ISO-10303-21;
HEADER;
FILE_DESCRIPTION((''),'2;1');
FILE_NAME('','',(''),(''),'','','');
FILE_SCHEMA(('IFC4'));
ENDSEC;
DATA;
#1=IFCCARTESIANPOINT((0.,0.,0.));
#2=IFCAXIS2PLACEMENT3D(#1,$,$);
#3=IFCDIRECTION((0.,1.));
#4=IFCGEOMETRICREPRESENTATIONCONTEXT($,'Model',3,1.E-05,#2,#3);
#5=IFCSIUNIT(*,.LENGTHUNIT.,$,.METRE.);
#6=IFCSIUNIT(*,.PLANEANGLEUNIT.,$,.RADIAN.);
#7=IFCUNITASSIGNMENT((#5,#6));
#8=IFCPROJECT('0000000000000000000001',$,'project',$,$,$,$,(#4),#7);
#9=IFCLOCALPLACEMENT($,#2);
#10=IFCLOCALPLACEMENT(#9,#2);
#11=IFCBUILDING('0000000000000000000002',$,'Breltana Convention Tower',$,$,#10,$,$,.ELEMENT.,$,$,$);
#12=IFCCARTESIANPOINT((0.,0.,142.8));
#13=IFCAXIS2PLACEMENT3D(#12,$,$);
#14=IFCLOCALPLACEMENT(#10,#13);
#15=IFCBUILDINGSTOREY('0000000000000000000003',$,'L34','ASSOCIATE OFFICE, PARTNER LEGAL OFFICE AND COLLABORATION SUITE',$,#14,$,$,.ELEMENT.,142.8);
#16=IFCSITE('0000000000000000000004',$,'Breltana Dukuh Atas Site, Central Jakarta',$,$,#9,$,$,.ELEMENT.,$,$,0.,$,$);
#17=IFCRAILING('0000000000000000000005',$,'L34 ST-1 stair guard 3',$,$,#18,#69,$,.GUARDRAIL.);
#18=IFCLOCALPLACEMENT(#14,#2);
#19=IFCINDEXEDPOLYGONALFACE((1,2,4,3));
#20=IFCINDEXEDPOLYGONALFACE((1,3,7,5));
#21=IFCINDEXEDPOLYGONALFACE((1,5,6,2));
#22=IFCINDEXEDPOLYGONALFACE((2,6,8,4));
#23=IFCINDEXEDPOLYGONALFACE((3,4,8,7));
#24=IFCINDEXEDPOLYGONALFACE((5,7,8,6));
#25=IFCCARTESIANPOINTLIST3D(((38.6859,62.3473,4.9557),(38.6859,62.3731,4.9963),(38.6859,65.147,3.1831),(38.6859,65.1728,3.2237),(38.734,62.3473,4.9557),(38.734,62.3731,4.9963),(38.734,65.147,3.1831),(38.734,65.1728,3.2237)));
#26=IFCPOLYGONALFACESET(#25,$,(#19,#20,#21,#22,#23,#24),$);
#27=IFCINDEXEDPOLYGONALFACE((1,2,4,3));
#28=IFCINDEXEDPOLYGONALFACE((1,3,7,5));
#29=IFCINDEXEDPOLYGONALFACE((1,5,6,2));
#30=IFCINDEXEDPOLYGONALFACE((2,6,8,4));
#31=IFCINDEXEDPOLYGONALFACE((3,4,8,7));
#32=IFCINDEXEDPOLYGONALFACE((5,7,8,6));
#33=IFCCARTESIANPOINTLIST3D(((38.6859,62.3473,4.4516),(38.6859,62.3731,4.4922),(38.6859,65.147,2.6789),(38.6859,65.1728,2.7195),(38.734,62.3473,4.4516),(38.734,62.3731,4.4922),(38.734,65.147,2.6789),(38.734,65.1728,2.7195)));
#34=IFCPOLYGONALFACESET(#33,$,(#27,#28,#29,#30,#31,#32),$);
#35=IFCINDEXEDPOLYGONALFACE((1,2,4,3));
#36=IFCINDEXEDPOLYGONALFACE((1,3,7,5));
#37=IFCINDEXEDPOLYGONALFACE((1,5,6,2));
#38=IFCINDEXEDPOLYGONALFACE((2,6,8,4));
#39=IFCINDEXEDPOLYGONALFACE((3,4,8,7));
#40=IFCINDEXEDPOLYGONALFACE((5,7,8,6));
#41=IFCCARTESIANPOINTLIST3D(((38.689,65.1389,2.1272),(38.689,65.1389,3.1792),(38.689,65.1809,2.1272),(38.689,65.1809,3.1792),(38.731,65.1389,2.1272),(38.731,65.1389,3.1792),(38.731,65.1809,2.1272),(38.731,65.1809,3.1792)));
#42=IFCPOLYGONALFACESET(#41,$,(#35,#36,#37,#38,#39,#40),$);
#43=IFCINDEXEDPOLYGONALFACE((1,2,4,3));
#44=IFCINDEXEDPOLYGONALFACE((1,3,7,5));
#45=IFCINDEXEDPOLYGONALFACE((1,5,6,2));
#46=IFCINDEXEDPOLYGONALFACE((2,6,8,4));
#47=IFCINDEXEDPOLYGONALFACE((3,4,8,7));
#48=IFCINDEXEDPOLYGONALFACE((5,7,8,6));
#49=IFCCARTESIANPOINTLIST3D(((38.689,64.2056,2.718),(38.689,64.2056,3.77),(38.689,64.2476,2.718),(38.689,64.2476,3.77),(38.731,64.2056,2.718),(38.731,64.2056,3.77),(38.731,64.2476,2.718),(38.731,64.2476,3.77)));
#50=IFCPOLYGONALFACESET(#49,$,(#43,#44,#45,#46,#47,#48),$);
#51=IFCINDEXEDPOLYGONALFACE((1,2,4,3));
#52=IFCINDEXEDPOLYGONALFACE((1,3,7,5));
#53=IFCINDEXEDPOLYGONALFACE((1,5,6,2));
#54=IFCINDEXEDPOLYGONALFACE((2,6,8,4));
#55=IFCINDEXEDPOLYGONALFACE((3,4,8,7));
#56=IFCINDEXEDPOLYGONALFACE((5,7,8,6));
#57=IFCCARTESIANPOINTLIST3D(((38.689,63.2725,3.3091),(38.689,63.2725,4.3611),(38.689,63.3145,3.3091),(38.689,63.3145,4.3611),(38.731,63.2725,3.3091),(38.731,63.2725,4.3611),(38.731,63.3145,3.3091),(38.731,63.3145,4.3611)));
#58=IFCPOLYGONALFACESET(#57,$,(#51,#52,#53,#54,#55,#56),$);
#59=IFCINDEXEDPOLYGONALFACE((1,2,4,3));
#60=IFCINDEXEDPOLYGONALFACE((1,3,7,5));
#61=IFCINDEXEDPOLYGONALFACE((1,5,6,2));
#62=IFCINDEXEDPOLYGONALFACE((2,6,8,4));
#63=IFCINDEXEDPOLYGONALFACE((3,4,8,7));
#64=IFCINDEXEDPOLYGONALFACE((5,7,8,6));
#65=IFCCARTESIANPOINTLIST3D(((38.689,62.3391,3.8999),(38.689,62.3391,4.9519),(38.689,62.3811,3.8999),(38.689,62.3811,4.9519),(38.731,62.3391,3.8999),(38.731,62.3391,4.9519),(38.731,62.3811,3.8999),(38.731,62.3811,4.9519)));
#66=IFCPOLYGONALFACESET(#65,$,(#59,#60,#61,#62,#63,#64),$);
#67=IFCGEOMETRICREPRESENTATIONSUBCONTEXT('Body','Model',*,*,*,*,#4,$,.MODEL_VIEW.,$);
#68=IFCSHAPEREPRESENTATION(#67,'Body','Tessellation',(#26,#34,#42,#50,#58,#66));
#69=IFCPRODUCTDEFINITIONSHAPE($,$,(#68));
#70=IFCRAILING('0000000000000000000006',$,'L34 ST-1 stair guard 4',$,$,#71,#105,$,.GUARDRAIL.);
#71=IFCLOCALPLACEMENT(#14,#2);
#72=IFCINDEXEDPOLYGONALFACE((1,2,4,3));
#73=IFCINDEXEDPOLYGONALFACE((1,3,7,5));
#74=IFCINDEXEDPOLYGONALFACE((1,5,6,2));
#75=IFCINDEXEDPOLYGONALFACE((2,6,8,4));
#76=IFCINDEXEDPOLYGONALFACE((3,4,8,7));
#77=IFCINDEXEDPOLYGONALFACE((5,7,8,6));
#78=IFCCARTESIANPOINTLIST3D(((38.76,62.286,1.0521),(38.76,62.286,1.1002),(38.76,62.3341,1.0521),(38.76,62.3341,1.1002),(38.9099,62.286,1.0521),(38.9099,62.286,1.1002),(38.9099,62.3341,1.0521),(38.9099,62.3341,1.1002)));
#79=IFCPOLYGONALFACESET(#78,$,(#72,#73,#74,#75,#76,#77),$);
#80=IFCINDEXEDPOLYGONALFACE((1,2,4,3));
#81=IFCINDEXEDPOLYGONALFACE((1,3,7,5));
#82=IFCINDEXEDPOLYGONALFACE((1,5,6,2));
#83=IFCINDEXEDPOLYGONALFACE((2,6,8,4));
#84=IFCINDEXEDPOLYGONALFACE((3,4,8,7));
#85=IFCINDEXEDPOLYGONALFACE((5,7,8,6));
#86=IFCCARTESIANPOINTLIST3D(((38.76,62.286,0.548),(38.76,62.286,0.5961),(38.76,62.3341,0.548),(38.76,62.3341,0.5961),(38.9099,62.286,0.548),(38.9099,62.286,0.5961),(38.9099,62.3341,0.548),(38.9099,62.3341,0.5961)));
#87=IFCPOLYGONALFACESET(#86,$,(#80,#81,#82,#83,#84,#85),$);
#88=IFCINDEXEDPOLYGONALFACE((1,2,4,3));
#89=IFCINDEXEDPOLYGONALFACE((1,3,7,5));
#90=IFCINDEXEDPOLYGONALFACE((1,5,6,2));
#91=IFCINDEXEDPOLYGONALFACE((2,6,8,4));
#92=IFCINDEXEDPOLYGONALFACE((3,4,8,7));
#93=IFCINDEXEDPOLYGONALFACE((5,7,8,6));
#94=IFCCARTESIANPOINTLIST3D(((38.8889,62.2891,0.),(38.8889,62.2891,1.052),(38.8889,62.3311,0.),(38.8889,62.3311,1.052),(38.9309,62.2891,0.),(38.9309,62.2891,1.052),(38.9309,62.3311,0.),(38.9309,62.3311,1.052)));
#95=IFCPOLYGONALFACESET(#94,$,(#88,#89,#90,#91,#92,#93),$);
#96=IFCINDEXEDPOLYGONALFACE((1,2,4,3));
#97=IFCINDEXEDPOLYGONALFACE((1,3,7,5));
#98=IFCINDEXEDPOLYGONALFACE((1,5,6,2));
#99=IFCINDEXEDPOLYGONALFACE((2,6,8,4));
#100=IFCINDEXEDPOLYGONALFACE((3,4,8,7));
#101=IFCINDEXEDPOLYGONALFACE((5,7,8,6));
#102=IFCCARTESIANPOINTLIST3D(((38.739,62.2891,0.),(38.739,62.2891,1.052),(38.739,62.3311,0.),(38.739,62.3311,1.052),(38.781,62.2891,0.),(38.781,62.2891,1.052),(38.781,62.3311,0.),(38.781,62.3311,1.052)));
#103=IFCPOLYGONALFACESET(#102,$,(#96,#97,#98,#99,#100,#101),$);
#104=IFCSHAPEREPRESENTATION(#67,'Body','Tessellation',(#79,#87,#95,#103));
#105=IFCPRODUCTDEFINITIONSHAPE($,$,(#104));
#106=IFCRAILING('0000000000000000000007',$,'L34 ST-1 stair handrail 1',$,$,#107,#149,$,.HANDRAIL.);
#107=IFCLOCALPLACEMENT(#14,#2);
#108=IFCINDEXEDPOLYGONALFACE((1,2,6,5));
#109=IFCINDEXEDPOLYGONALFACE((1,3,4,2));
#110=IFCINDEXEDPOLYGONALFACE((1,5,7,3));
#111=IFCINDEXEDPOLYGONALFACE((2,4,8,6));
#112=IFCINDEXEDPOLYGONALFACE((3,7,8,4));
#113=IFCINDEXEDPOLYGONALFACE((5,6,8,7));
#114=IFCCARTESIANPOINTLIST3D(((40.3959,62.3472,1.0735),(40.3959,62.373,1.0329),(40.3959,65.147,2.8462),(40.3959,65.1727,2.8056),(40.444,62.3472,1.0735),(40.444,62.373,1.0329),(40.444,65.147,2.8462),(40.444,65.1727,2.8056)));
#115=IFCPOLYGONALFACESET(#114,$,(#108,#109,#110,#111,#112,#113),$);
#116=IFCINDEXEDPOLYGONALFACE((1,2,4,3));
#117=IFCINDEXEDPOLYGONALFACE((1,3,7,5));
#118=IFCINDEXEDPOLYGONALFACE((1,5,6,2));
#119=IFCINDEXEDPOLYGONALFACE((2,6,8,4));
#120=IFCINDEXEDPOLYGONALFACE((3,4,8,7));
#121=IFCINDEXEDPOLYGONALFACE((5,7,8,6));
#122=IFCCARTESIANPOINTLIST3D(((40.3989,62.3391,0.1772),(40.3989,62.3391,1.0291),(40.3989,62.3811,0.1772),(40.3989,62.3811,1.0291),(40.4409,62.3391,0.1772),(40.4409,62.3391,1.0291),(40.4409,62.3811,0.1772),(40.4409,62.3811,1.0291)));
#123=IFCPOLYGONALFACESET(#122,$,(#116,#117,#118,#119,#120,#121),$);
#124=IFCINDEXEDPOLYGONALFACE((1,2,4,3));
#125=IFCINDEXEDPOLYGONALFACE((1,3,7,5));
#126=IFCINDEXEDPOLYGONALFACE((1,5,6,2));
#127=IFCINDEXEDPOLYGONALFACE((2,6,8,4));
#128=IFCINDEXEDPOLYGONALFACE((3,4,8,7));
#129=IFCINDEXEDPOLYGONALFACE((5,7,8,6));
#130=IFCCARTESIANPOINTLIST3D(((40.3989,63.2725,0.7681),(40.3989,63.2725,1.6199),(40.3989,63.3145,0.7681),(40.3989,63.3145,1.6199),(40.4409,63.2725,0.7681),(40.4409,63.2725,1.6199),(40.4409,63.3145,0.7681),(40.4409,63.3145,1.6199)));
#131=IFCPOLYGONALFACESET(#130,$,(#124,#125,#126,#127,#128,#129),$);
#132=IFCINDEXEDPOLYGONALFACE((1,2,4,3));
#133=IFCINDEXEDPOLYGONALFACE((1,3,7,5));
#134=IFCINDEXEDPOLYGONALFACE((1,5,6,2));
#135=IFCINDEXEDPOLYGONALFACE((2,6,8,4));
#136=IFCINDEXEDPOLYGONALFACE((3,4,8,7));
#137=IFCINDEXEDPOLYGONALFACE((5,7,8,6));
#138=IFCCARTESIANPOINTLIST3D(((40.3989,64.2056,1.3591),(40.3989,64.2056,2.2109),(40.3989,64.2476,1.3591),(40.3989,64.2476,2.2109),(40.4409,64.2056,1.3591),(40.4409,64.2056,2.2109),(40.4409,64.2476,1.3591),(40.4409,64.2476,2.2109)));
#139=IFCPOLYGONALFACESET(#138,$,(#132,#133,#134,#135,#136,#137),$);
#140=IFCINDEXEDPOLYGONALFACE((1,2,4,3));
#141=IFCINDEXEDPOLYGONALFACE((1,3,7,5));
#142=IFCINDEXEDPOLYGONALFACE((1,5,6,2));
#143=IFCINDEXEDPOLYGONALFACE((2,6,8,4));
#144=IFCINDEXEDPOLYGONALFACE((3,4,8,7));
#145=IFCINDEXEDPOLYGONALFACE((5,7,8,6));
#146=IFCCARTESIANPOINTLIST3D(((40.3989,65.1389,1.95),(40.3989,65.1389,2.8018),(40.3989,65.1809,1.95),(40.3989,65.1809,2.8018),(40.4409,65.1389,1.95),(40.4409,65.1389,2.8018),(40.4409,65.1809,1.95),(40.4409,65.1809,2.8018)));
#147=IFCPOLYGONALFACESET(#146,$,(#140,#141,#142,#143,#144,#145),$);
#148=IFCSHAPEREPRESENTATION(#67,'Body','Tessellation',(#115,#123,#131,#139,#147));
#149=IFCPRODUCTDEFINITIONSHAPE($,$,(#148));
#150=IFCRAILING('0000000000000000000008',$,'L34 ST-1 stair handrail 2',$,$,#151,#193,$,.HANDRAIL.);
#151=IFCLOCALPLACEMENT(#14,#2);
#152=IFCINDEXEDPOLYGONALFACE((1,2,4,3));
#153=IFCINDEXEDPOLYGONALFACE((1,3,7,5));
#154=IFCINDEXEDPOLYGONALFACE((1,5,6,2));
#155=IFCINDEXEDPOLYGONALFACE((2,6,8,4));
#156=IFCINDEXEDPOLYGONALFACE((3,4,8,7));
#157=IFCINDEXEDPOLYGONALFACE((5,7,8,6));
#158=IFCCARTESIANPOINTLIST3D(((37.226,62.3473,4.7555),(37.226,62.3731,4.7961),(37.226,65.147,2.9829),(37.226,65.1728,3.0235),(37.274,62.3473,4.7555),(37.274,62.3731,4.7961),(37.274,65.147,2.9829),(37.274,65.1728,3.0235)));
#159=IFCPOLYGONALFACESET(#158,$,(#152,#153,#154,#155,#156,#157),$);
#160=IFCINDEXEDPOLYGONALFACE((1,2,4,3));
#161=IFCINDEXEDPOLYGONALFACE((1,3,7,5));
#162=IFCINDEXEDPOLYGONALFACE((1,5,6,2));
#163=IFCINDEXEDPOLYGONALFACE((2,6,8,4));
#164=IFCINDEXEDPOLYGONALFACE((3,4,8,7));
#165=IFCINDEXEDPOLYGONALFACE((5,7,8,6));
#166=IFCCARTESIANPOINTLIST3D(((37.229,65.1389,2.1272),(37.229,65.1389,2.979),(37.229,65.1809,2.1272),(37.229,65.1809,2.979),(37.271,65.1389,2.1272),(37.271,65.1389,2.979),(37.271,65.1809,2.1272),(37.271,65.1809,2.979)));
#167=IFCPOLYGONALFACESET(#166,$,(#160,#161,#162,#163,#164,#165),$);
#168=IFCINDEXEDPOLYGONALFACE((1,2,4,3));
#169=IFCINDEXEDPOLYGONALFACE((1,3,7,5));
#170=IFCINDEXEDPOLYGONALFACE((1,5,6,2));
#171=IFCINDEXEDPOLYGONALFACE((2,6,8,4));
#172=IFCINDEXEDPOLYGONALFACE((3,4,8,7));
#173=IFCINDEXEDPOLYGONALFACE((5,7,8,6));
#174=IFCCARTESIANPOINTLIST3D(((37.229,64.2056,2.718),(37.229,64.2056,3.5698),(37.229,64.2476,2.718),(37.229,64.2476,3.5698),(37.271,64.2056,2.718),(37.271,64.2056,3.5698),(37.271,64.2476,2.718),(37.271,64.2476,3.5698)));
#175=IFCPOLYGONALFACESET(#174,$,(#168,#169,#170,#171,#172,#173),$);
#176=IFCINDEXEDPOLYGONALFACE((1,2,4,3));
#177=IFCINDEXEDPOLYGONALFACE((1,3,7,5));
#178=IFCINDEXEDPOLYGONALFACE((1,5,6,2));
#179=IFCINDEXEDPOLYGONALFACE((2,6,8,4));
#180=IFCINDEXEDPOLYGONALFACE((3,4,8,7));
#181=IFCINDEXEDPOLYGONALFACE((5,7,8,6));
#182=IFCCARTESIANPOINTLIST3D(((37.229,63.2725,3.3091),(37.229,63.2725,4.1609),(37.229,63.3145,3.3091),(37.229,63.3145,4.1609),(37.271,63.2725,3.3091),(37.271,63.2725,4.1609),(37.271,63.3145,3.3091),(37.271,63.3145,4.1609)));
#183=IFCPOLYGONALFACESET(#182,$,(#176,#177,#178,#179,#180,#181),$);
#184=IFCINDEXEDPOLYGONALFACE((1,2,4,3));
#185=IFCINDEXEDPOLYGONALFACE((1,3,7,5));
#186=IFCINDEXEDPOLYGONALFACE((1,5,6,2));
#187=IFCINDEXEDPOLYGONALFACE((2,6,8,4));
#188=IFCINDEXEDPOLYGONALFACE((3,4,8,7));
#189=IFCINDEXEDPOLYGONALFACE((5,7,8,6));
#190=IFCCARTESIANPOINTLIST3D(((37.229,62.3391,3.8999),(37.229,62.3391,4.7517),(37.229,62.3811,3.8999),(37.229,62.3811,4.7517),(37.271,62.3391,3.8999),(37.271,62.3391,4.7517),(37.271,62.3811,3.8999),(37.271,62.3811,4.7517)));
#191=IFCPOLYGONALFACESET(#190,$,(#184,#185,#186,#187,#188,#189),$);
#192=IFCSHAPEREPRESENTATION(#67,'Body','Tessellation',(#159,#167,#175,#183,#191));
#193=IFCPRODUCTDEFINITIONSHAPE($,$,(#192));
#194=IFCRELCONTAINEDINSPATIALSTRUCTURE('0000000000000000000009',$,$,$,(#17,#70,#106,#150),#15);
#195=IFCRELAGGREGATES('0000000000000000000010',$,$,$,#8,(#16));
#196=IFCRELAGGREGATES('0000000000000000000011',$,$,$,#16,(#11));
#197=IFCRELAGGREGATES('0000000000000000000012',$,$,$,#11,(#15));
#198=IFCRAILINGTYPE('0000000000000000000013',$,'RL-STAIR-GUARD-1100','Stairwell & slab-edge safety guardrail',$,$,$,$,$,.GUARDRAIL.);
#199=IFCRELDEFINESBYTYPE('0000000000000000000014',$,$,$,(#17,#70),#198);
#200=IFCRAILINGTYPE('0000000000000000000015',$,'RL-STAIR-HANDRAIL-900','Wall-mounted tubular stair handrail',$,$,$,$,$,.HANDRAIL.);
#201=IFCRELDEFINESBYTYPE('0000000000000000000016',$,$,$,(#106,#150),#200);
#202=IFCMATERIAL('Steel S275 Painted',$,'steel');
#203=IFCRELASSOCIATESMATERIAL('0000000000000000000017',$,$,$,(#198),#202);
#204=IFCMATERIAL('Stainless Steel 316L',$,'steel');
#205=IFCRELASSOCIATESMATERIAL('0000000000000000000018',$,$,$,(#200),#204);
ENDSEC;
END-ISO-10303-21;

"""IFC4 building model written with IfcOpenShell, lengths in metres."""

from ifc_helpers import new_model, si_unit, direction, frame, origin, origin_2d, place, context, subcontext, project, spatial, rectangle, extrude, material, type_object, element, save


model = new_model("IFC4")

# Units and contexts
model_context = context("Model", 3, precision=1e-05, world=origin(), true_north=direction((0.0, 1.0)))
body_context = subcontext(model_context, "Body", "Model", "MODEL_VIEW")
ifc_project = project(units=[si_unit("LENGTHUNIT", "METRE"), si_unit("PLANEANGLEUNIT", "RADIAN")], contexts=[model_context])

# Site, building, storey
site_placement = place(None, origin())
site = spatial("IfcSite", under=ifc_project, at=site_placement, Name="Breltana Dukuh Atas Site, Central Jakarta", CompositionType="ELEMENT", RefElevation=0.0)
building_placement = place(site_placement, origin())
building = spatial("IfcBuilding", under=site, at=building_placement, Name="Breltana Convention Tower", CompositionType="ELEMENT")
storey_placement = place(building_placement, frame((0.0, 0.0, 142.8)))
storey = spatial("IfcBuildingStorey", under=building, at=storey_placement, Name="L34", Description="ASSOCIATE OFFICE, PARTNER LEGAL OFFICE AND COLLABORATION SUITE", CompositionType="ELEMENT", Elevation=142.8)

# Railings
ifc_material_1 = material(Name="Steel S275 Painted", Category="steel")
railing_type_1 = type_object("IfcRailingType", Name="RL-STAIR-GUARD-1100", Description="Stairwell & slab-edge safety guardrail", PredefinedType="GUARDRAIL", material=ifc_material_1)
railing_1_placement = place(storey_placement, frame((38.71, 65.1599, 2.1272)))
element("IfcRailing", 1, at=railing_1_placement, inside=storey, type_object=railing_type_1, Name="L34 ST-1 stair guard 3", PredefinedType="GUARDRAIL", context=body_context, shape_type="SweptSolid", body=[
    extrude(rectangle(XDim=0.0481, YDim=0.0481, at=origin_2d()), frame((0.0, 0.0, 1.0762), z_axis=(0.0, -0.844888, 0.534943), x_axis=(1.0, 0.0, 0.0)), (0.0, 0.0, 1.0), 3.3137),
    extrude(rectangle(XDim=0.0481, YDim=0.0481, at=origin_2d()), frame((0.0, 0.0, 0.572), z_axis=(0.0, -0.844888, 0.534943), x_axis=(1.0, 0.0, 0.0)), (0.0, 0.0, 1.0), 3.3137),
    extrude(rectangle(XDim=0.042, YDim=0.042, at=origin_2d()), origin(), (0.0, 0.0, 1.0), 1.052),
    extrude(rectangle(XDim=0.042, YDim=0.042, at=origin_2d()), frame((0.0, -0.9333, 0.5908)), (0.0, 0.0, 1.0), 1.052),
    extrude(rectangle(XDim=0.042, YDim=0.042, at=origin_2d()), frame((0.0, -1.8665, 1.1819)), (0.0, 0.0, 1.0), 1.052),
    extrude(rectangle(XDim=0.042, YDim=0.042, at=origin_2d()), frame((0.0, -2.7998, 1.7727)), (0.0, 0.0, 1.0), 1.052),
])
railing_2_placement = place(storey_placement, frame((38.9099, 62.3101, 0.0)))
element("IfcRailing", 2, at=railing_2_placement, inside=storey, type_object=railing_type_1, Name="L34 ST-1 stair guard 4", PredefinedType="GUARDRAIL", context=body_context, shape_type="SweptSolid", body=[
    extrude(rectangle(XDim=0.0481, YDim=0.0481, at=origin_2d()), frame((0.0, 0.0, 1.0762), z_axis=(-1.0, 0.0, 0.0), x_axis=(0.0, -1.0, 0.0)), (0.0, 0.0, 1.0), 0.1499),
    extrude(rectangle(XDim=0.0481, YDim=0.0481, at=origin_2d()), frame((0.0, 0.0, 0.572), z_axis=(-1.0, 0.0, 0.0), x_axis=(0.0, -1.0, 0.0)), (0.0, 0.0, 1.0), 0.1499),
    extrude(rectangle(XDim=0.042, YDim=0.042, at=origin_2d()), origin(), (0.0, 0.0, 1.0), 1.052),
    extrude(rectangle(XDim=0.042, YDim=0.042, at=origin_2d()), frame((-0.1499, 0.0, 0.0)), (0.0, 0.0, 1.0), 1.052),
])
ifc_material_2 = material(Name="Stainless Steel 316L", Category="steel")
railing_type_2 = type_object("IfcRailingType", Name="RL-STAIR-HANDRAIL-900", Description="Wall-mounted tubular stair handrail", PredefinedType="HANDRAIL", material=ifc_material_2)
railing_3_placement = place(storey_placement, frame((40.4199, 62.3601, 0.1772)))
element("IfcRailing", 3, at=railing_3_placement, inside=storey, type_object=railing_type_2, Name="L34 ST-1 stair handrail 1", PredefinedType="HANDRAIL", context=body_context, shape_type="SweptSolid", body=[
    extrude(rectangle(XDim=0.0481, YDim=0.0481, at=origin_2d()), frame((0.0, 0.0, 0.876), z_axis=(0.0, 0.844888, 0.534943), x_axis=(-1.0, 0.0, 0.0)), (0.0, 0.0, 1.0), 3.3137),
    extrude(rectangle(XDim=0.042, YDim=0.042, at=origin_2d()), origin(), (0.0, 0.0, 1.0), 0.8518),
    extrude(rectangle(XDim=0.042, YDim=0.042, at=origin_2d()), frame((0.0, 0.9333, 0.5908)), (0.0, 0.0, 1.0), 0.8518),
    extrude(rectangle(XDim=0.042, YDim=0.042, at=origin_2d()), frame((0.0, 1.8665, 1.1819)), (0.0, 0.0, 1.0), 0.8518),
    extrude(rectangle(XDim=0.042, YDim=0.042, at=origin_2d()), frame((0.0, 2.7998, 1.7727)), (0.0, 0.0, 1.0), 0.8518),
])
railing_4_placement = place(storey_placement, frame((37.25, 65.1599, 2.1272)))
element("IfcRailing", 4, at=railing_4_placement, inside=storey, type_object=railing_type_2, Name="L34 ST-1 stair handrail 2", PredefinedType="HANDRAIL", context=body_context, shape_type="SweptSolid", body=[
    extrude(rectangle(XDim=0.0481, YDim=0.0481, at=origin_2d()), frame((0.0, 0.0, 0.876), z_axis=(0.0, -0.844888, 0.534943), x_axis=(1.0, 0.0, 0.0)), (0.0, 0.0, 1.0), 3.3137),
    extrude(rectangle(XDim=0.042, YDim=0.042, at=origin_2d()), origin(), (0.0, 0.0, 1.0), 0.8518),
    extrude(rectangle(XDim=0.042, YDim=0.042, at=origin_2d()), frame((0.0, -0.9333, 0.5908)), (0.0, 0.0, 1.0), 0.8518),
    extrude(rectangle(XDim=0.042, YDim=0.042, at=origin_2d()), frame((0.0, -1.8665, 1.1819)), (0.0, 0.0, 1.0), 0.8518),
    extrude(rectangle(XDim=0.042, YDim=0.042, at=origin_2d()), frame((0.0, -2.7998, 1.7727)), (0.0, 0.0, 1.0), 0.8518),
])

save(model, "model.ifc")
